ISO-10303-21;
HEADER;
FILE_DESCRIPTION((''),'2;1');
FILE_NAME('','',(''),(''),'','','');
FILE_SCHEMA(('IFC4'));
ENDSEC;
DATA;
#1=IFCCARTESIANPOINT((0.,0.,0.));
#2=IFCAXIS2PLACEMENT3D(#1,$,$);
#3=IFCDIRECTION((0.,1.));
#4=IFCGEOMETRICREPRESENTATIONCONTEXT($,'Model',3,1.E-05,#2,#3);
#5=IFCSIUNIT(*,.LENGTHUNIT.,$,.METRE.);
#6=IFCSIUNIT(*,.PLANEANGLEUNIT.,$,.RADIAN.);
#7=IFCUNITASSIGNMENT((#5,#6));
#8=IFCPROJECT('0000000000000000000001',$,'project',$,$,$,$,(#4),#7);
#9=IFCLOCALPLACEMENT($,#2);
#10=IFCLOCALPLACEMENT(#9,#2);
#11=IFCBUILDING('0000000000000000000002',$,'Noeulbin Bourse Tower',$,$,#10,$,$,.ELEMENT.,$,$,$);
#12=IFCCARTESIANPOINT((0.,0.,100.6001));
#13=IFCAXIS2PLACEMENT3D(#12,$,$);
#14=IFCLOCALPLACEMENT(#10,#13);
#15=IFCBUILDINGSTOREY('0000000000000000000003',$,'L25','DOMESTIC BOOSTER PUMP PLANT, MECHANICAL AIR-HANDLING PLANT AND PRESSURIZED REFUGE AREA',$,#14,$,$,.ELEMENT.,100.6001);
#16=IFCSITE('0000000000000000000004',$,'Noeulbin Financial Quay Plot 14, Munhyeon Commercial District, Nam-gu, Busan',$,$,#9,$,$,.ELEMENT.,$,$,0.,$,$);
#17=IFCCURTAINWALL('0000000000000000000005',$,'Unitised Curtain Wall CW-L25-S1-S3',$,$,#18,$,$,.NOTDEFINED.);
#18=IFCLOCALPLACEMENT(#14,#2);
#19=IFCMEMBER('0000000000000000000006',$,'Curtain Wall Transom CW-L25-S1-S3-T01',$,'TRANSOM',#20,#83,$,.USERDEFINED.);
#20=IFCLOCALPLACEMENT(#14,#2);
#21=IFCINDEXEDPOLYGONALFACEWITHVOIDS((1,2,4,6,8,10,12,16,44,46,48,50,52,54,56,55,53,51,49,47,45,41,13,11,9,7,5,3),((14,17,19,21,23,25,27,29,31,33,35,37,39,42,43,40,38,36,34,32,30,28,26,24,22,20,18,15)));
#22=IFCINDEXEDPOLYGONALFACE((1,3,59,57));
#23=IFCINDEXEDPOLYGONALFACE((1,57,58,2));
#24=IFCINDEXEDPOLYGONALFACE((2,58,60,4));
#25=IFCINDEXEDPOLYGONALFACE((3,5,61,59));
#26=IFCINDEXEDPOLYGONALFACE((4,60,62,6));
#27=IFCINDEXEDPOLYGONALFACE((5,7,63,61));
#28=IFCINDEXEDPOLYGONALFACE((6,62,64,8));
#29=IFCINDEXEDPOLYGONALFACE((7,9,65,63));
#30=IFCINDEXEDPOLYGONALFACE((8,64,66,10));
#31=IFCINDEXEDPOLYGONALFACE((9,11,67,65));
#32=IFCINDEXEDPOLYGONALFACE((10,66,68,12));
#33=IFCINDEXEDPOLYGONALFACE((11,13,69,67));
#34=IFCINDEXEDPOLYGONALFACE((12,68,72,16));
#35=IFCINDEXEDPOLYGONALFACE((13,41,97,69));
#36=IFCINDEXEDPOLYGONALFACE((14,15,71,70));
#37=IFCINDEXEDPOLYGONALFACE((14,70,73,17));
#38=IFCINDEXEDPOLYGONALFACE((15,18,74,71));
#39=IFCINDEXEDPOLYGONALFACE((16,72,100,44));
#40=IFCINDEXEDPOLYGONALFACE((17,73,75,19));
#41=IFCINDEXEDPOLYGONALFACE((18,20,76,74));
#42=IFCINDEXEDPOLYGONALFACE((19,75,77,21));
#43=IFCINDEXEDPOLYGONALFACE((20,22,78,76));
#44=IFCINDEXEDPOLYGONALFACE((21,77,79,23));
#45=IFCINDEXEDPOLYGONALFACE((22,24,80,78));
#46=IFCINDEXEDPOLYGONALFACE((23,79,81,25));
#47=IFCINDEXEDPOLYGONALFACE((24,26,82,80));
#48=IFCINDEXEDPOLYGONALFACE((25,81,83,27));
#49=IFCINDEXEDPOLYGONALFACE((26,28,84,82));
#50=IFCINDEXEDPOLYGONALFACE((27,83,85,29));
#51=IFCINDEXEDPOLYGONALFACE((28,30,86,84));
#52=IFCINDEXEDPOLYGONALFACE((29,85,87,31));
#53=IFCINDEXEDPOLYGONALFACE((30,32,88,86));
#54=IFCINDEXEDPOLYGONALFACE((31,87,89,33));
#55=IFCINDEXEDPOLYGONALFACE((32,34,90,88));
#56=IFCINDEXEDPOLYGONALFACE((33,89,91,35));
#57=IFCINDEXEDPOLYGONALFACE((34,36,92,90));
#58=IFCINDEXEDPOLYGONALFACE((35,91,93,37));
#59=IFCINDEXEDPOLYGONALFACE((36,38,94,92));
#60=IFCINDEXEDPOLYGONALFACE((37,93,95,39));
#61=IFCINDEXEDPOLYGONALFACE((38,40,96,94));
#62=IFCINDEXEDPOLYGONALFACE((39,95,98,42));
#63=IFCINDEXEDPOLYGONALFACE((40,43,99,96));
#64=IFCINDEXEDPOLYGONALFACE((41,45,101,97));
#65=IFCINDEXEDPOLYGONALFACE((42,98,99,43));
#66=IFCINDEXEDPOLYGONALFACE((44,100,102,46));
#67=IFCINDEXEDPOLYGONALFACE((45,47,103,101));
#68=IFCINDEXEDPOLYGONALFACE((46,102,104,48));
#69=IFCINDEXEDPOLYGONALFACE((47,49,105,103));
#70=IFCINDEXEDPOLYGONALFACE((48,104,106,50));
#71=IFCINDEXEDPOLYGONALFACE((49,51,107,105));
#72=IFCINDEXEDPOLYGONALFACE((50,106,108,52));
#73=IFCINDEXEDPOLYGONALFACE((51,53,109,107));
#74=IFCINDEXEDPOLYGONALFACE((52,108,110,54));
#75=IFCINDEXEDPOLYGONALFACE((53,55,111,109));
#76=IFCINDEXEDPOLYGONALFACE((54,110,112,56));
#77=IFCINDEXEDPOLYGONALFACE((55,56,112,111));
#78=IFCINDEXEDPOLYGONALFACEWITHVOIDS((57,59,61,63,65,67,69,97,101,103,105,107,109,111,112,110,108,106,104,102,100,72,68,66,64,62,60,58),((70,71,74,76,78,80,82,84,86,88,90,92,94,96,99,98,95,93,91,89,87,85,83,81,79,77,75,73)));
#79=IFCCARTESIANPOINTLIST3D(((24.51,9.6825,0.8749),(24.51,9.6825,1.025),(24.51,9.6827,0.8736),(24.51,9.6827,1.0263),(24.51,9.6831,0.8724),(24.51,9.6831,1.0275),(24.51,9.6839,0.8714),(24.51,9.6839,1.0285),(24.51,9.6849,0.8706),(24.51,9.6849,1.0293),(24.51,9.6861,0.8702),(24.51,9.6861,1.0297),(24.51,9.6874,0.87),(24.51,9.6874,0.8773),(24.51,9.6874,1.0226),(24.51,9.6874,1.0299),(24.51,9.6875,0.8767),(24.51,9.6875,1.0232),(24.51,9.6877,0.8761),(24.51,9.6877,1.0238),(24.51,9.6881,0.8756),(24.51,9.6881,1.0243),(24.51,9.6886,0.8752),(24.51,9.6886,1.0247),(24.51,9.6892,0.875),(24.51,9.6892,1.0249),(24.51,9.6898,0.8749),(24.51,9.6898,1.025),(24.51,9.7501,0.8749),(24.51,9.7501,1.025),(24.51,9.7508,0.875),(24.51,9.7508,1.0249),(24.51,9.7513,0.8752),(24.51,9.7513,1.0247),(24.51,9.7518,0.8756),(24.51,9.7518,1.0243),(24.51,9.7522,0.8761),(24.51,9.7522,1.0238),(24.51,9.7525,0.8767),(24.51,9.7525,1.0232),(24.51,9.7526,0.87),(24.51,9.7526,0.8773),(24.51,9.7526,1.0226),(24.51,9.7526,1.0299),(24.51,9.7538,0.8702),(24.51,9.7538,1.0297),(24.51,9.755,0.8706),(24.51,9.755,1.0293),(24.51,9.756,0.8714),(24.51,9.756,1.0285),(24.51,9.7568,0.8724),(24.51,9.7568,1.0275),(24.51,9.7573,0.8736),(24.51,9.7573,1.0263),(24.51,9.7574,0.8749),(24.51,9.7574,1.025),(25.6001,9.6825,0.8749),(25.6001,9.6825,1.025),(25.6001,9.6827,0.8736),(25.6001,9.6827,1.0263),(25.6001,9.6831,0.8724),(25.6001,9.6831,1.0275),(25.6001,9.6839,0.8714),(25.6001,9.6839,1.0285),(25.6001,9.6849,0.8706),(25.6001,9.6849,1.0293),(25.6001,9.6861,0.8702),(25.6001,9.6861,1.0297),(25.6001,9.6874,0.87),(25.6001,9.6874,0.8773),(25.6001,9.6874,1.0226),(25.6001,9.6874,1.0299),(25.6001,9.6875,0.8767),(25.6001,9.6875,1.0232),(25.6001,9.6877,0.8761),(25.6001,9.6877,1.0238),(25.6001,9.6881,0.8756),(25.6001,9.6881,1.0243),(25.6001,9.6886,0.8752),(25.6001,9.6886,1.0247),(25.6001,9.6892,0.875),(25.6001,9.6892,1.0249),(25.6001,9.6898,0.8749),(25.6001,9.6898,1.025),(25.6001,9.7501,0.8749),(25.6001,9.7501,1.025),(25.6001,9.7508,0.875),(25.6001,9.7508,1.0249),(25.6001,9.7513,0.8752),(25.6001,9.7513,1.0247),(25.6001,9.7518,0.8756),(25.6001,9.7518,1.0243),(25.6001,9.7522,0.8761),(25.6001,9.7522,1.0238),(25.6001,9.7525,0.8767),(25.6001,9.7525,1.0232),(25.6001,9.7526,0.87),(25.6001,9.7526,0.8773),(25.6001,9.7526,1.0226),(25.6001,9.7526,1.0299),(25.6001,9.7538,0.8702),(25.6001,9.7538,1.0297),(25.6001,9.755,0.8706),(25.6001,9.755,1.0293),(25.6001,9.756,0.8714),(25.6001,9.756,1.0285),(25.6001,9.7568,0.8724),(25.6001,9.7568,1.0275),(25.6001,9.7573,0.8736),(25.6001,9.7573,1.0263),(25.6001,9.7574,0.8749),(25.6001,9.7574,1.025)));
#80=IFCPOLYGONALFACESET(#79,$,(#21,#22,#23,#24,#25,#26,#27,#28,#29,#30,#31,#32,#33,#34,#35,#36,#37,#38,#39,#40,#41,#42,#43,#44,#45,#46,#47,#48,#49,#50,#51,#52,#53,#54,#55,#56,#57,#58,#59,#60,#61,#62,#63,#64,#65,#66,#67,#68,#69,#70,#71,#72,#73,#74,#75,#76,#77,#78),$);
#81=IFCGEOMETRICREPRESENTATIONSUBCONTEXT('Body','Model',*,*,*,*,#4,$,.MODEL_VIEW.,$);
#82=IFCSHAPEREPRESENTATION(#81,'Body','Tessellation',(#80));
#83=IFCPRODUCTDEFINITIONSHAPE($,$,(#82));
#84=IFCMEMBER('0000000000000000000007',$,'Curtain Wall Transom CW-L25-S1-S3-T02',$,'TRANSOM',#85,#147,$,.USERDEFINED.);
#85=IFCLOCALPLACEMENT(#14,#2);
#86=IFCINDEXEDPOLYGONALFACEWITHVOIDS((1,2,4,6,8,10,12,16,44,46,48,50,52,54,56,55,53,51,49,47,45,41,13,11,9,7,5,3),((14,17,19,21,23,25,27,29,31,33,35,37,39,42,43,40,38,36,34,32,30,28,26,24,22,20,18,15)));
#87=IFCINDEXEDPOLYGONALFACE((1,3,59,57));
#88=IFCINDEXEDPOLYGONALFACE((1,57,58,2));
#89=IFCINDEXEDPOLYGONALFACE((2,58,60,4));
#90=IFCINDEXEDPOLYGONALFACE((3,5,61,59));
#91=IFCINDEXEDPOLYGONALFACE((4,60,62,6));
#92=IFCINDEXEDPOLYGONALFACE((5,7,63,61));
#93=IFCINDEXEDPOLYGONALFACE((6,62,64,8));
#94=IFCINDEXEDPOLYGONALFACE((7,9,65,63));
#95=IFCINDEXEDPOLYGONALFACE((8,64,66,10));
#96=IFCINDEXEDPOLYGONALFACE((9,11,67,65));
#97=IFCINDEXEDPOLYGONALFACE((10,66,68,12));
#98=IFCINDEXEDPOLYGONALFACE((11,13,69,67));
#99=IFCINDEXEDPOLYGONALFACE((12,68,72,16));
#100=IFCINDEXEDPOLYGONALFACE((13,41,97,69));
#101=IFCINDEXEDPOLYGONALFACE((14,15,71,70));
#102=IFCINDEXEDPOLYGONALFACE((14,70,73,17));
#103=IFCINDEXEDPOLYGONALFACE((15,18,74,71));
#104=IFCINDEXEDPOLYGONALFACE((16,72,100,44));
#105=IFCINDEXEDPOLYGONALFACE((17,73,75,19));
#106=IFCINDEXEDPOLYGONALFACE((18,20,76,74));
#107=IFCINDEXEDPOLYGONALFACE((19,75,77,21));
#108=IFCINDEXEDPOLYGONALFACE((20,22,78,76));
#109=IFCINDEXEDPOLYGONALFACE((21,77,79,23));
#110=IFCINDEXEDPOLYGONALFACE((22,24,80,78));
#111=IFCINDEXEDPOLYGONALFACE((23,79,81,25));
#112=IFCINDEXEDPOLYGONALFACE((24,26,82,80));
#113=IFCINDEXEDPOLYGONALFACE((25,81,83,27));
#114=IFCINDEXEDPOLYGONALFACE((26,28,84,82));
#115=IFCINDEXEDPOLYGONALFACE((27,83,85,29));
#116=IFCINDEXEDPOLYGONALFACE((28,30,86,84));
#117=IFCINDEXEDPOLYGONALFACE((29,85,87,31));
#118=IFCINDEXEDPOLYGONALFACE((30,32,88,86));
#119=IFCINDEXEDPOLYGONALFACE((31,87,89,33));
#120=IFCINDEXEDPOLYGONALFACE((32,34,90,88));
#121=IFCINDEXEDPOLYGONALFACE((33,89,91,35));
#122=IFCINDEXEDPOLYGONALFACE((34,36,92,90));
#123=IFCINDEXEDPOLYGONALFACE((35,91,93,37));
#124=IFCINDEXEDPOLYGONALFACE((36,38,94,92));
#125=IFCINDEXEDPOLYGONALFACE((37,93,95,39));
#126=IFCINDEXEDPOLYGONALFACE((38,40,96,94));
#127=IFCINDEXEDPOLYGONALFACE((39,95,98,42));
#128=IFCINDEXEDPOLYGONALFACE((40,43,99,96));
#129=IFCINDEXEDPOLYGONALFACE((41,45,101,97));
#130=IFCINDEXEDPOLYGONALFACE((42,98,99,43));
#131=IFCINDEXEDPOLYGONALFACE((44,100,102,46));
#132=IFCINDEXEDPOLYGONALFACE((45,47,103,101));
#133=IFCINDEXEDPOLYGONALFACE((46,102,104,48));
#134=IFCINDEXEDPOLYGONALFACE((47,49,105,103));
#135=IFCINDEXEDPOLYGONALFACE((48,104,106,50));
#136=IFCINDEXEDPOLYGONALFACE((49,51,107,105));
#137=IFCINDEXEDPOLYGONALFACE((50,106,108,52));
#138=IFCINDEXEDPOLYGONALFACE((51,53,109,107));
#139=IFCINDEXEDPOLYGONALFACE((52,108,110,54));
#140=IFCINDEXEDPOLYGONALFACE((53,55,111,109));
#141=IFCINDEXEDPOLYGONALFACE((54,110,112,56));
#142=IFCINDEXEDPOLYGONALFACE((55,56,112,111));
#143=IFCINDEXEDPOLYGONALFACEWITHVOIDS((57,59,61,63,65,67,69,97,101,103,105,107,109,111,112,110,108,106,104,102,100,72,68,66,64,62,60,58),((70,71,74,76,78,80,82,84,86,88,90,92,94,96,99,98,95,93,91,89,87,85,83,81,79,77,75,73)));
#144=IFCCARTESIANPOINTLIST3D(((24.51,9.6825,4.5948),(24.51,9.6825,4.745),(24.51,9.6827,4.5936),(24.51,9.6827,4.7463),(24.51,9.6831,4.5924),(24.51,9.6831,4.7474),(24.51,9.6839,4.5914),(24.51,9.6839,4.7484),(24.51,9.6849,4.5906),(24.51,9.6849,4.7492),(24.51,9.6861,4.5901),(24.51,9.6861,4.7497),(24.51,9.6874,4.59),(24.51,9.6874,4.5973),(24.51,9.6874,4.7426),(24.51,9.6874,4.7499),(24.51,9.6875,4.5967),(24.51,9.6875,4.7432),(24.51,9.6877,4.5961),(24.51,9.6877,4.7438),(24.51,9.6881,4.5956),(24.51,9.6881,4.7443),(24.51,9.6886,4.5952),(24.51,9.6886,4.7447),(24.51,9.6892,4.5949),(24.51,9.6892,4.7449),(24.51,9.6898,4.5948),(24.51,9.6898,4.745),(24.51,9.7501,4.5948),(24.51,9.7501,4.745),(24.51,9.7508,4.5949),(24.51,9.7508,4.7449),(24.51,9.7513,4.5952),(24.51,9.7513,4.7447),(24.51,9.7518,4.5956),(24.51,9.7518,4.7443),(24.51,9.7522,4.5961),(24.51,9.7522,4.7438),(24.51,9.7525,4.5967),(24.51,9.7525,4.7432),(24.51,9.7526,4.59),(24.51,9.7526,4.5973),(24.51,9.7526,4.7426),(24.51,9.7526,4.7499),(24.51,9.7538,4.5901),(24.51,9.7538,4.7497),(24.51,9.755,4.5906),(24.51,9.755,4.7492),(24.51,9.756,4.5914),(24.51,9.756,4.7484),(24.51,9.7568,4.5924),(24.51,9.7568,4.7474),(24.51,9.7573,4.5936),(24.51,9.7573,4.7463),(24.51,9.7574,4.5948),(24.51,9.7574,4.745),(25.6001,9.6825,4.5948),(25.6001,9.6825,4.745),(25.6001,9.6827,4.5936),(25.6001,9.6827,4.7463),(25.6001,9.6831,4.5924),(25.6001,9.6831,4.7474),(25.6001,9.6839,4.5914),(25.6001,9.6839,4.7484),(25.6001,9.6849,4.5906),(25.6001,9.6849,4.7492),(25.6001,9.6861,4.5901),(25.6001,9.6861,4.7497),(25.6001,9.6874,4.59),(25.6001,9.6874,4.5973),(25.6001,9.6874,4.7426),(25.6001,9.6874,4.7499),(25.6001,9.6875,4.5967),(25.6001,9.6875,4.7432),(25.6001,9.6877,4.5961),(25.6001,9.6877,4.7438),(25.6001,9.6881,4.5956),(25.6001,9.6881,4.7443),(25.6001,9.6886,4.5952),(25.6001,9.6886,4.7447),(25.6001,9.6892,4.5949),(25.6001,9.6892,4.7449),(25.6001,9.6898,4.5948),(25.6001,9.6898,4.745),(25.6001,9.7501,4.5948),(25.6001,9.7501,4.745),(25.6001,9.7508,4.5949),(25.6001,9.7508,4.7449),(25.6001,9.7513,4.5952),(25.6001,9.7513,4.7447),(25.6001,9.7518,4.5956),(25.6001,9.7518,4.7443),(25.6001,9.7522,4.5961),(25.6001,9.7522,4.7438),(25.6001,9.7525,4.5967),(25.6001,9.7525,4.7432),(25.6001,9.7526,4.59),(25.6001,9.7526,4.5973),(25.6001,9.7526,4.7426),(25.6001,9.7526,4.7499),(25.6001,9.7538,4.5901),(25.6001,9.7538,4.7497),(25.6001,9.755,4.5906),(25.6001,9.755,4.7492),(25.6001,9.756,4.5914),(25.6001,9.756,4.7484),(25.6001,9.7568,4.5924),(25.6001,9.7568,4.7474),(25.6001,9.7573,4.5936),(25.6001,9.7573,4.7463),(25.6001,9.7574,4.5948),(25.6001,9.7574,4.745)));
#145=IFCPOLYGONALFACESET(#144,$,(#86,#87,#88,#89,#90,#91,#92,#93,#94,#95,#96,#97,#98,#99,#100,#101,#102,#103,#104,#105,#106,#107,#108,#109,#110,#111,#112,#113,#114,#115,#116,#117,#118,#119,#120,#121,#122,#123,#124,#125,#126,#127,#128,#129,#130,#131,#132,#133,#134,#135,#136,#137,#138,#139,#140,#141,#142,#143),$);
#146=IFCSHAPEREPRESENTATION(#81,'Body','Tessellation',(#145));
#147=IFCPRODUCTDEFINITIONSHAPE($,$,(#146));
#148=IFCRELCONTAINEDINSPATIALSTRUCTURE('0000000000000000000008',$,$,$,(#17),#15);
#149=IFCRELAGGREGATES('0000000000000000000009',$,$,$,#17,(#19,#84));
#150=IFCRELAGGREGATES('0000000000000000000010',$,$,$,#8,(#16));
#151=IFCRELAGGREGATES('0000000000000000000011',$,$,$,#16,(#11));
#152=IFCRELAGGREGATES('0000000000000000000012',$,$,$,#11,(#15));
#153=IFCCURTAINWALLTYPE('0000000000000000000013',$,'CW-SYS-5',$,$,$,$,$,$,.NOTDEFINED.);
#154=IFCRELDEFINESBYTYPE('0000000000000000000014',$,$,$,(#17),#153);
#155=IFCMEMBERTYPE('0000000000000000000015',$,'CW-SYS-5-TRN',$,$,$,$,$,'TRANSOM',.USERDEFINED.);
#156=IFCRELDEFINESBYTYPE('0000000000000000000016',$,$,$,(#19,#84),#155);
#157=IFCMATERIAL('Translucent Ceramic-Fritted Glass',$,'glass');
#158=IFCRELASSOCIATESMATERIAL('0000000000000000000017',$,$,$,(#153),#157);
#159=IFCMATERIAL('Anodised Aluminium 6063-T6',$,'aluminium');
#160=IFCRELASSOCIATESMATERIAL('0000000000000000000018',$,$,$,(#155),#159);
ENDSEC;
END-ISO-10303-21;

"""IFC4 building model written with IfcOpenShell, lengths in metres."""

from ifc_helpers import new_model, si_unit, direction, frame, origin, origin_2d, place, context, subcontext, project, spatial, hollow_rectangle, extrude, material, material_profile, profile_set, type_object, element, aggregate, save


model = new_model("IFC4")

# Units and contexts
model_context = context("Model", 3, precision=1e-05, world=origin(), true_north=direction((0.0, 1.0)))
body_context = subcontext(model_context, "Body", "Model", "MODEL_VIEW")
ifc_project = project(units=[si_unit("LENGTHUNIT", "METRE"), si_unit("PLANEANGLEUNIT", "RADIAN")], contexts=[model_context])

# Site, building, storey
site_placement = place(None, origin())
site = spatial("IfcSite", under=ifc_project, at=site_placement, Name="Noeulbin Financial Quay Plot 14, Munhyeon Commercial District, Nam-gu, Busan", CompositionType="ELEMENT", RefElevation=0.0)
building_placement = place(site_placement, origin())
building = spatial("IfcBuilding", under=site, at=building_placement, Name="Noeulbin Bourse Tower", CompositionType="ELEMENT")
storey_placement = place(building_placement, frame((0.0, 0.0, 100.6001)))
storey = spatial("IfcBuildingStorey", under=building, at=storey_placement, Name="L25", Description="DOMESTIC BOOSTER PUMP PLANT, MECHANICAL AIR-HANDLING PLANT AND PRESSURIZED REFUGE AREA", CompositionType="ELEMENT", Elevation=100.6001)

# Shared definitions
ifc_material_1 = material(Name="Translucent Ceramic-Fritted Glass", Category="glass")
curtain_wall_type = type_object("IfcCurtainWallType", Name="CW-SYS-5", PredefinedType="NOTDEFINED", material=ifc_material_1)
ifc_material_2 = material(Name="Anodised Aluminium 6063-T6", Category="aluminium")

# Curtain wall
curtain_wall_1_placement = place(storey_placement, origin())
curtain_wall_1 = element("IfcCurtainWall", 1, at=curtain_wall_1_placement, inside=storey, type_object=curtain_wall_type, Name="Unitised Curtain Wall CW-L25-S1-S3", PredefinedType="NOTDEFINED")

# Members
ifc_material_profile_1 = material_profile(ifc_material_2, hollow_rectangle(XDim=0.075, YDim=0.1599, WallThickness=0.0049, InnerFilletRadius=0.0024, OuterFilletRadius=0.0049, at=origin_2d()), Name="ALU-TRAN-75x160x5", Category="LoadBearing")
ifc_profile_set_1 = profile_set([ifc_material_profile_1], Name="Anodised Aluminium 6063-T6")
member_type_1 = type_object("IfcMemberType", Name="CW-SYS-5-TRN", ElementType="TRANSOM", PredefinedType="USERDEFINED", material=ifc_profile_set_1)
member_1_placement = place(storey_placement, frame((24.51, 9.72, 0.95), z_axis=(1.0, 0.0, 0.0), x_axis=(0.0, 1.0, 0.0)))
member_1 = element("IfcMember", 2, at=member_1_placement, type_object=member_type_1, Name="Curtain Wall Transom CW-L25-S1-S3-T01", ObjectType="TRANSOM", PredefinedType="USERDEFINED", context=body_context, shape_type="SweptSolid", body=[
    extrude(hollow_rectangle(XDim=0.075, YDim=0.1599, WallThickness=0.0049, InnerFilletRadius=0.0024, OuterFilletRadius=0.0049, at=origin_2d()), origin(), (0.0, 0.0, 1.0), 1.0901),
])
member_2_placement = place(storey_placement, frame((24.51, 9.72, 4.6699), z_axis=(1.0, 0.0, 0.0), x_axis=(0.0, 1.0, 0.0)))
member_2 = element("IfcMember", 3, at=member_2_placement, type_object=member_type_1, Name="Curtain Wall Transom CW-L25-S1-S3-T02", ObjectType="TRANSOM", PredefinedType="USERDEFINED", context=body_context, shape_type="SweptSolid", body=[
    extrude(hollow_rectangle(XDim=0.075, YDim=0.1599, WallThickness=0.0049, InnerFilletRadius=0.0024, OuterFilletRadius=0.0049, at=origin_2d()), origin(), (0.0, 0.0, 1.0), 1.0901),
])

aggregate(curtain_wall_1, [member_1, member_2])

save(model, "model.ifc")
